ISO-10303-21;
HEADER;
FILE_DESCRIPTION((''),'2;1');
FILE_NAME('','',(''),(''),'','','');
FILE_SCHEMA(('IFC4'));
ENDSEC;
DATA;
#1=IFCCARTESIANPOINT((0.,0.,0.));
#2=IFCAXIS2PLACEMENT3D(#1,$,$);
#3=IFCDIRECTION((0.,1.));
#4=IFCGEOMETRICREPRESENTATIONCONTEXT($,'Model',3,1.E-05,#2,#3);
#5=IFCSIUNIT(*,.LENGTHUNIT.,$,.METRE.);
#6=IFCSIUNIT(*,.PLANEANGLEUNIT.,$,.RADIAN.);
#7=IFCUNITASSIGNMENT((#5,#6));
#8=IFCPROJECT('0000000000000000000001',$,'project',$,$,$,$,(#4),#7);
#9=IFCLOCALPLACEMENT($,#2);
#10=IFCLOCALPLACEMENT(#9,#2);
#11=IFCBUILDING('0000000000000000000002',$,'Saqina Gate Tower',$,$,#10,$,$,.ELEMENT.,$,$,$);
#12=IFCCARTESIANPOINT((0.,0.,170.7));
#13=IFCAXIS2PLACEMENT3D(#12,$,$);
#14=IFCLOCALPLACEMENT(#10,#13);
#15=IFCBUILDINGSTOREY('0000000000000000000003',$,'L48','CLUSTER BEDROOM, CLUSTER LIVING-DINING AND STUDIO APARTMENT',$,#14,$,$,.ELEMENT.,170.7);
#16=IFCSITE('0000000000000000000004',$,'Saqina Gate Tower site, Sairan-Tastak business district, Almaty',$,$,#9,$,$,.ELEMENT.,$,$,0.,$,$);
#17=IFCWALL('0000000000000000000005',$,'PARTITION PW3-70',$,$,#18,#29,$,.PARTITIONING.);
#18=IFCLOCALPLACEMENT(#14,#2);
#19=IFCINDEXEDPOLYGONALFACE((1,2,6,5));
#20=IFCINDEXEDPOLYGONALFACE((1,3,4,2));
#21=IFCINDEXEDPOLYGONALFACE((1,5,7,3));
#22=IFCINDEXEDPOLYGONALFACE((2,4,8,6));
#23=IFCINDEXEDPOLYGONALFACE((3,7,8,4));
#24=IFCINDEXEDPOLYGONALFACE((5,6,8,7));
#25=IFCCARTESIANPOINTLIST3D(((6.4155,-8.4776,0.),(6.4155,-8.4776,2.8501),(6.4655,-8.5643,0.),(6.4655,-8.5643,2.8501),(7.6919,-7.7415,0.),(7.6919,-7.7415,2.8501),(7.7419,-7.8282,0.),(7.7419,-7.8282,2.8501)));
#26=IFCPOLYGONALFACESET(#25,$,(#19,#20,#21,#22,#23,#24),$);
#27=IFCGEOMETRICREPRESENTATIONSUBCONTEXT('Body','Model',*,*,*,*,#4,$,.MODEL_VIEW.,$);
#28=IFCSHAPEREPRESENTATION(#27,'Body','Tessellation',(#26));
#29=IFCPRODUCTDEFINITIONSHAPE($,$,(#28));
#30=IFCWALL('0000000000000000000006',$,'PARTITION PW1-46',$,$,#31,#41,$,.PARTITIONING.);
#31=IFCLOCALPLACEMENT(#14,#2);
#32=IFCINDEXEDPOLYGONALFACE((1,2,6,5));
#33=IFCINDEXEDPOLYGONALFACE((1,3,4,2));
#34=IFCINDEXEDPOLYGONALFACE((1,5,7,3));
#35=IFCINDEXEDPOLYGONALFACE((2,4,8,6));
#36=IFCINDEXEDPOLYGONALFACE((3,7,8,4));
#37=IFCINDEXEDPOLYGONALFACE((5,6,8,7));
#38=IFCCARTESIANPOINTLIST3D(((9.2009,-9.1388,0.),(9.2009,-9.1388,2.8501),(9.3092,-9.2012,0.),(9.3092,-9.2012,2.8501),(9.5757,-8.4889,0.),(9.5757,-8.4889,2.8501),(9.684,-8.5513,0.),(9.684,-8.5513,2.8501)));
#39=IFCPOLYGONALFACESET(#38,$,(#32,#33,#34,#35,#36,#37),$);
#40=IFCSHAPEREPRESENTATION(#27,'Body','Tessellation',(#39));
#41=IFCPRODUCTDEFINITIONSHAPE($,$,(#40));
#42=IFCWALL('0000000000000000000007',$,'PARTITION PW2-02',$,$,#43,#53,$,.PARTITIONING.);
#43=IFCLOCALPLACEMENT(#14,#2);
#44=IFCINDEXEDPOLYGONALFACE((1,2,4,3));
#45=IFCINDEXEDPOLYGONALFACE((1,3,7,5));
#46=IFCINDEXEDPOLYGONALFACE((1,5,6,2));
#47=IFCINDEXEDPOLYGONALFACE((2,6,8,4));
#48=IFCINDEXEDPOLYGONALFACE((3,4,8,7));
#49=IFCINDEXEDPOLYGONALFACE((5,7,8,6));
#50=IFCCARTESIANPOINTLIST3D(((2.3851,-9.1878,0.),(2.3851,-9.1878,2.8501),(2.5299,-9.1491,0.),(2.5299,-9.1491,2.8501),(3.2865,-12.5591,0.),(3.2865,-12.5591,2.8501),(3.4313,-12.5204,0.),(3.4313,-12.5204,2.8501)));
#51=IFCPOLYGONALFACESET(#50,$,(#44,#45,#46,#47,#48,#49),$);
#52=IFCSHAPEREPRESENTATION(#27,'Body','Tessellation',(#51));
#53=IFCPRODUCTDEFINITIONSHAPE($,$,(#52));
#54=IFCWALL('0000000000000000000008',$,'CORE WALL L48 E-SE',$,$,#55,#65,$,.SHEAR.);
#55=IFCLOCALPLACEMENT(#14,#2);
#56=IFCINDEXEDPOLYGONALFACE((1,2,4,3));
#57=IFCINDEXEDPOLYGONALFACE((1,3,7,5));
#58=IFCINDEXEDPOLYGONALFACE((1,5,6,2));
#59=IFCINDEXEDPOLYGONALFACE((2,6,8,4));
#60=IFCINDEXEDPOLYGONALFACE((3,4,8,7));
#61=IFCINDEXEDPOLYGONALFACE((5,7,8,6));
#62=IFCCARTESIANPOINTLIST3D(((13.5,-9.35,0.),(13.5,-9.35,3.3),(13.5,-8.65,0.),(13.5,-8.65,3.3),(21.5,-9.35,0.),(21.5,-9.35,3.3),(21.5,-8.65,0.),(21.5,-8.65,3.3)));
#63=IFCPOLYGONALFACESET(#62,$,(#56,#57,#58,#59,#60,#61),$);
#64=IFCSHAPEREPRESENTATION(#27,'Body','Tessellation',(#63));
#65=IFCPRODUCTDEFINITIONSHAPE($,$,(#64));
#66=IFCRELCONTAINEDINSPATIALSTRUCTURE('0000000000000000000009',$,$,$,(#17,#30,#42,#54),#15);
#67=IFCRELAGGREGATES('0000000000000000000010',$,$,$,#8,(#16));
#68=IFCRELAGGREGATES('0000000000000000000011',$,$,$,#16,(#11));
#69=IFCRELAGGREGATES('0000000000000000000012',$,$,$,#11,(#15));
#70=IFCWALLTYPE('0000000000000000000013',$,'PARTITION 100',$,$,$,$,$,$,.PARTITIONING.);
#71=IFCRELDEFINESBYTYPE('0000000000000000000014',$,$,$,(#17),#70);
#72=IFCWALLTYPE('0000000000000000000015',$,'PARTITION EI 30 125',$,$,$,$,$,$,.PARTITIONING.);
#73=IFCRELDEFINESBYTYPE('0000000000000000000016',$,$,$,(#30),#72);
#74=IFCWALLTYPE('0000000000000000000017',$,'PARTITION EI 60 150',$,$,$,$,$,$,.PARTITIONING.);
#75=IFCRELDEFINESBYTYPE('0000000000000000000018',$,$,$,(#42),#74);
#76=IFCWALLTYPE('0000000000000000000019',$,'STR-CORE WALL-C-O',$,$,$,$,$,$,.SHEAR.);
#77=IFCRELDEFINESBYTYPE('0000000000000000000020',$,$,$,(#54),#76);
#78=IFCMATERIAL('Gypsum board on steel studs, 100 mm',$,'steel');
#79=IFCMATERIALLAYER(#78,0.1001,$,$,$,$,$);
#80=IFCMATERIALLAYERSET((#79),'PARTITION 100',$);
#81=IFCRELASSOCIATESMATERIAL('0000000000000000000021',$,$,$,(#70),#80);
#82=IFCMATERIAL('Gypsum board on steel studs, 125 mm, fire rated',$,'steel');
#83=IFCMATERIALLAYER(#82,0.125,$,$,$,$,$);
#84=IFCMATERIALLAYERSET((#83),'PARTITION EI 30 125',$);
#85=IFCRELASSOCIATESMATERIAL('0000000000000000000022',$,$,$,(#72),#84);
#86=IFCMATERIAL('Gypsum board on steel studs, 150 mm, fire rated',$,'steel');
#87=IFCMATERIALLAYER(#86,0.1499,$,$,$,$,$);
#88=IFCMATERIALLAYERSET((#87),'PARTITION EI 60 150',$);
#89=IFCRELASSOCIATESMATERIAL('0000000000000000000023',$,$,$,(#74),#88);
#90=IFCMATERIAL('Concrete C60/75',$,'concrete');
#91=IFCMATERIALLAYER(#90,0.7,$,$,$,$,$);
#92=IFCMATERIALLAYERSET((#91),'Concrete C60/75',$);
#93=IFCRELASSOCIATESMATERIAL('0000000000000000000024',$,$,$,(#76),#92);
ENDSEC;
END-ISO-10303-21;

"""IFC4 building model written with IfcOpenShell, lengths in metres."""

from ifc_helpers import new_model, si_unit, direction, frame, frame_2d, origin, place, context, subcontext, project, spatial, rectangle, extrude, material, layer, layer_set, type_object, element, save


model = new_model("IFC4")

# Units and contexts
model_context = context("Model", 3, precision=1e-05, world=origin(), true_north=direction((0.0, 1.0)))
body_context = subcontext(model_context, "Body", "Model", "MODEL_VIEW")
ifc_project = project(units=[si_unit("LENGTHUNIT", "METRE"), si_unit("PLANEANGLEUNIT", "RADIAN")], contexts=[model_context])

# Site, building, storey
site_placement = place(None, origin())
site = spatial("IfcSite", under=ifc_project, at=site_placement, Name="Saqina Gate Tower site, Sairan-Tastak business district, Almaty", CompositionType="ELEMENT", RefElevation=0.0)
building_placement = place(site_placement, origin())
building = spatial("IfcBuilding", under=site, at=building_placement, Name="Saqina Gate Tower", CompositionType="ELEMENT")
storey_placement = place(building_placement, frame((0.0, 0.0, 170.7)))
storey = spatial("IfcBuildingStorey", under=building, at=storey_placement, Name="L48", Description="CLUSTER BEDROOM, CLUSTER LIVING-DINING AND STUDIO APARTMENT", CompositionType="ELEMENT", Elevation=170.7)

# Shared definitions
ifc_material_1 = material(Name="Gypsum board on steel studs, 100 mm", Category="steel")
ifc_layer_1 = layer(ifc_material_1, 0.1001)
ifc_layer_set_1 = layer_set([ifc_layer_1], Name="PARTITION 100")
wall_type_1 = type_object("IfcWallType", Name="PARTITION 100", PredefinedType="PARTITIONING", material=ifc_layer_set_1)

# Walls
wall_1_placement = place(storey_placement, frame((6.4404, -8.521, 0.0), z_axis=(0.0, 0.0, 1.0), x_axis=(0.866268, 0.499579, 0.0)))
element("IfcWall", 1, at=wall_1_placement, inside=storey, type_object=wall_type_1, Name="PARTITION PW3-70", PredefinedType="PARTITIONING", context=body_context, shape_type="SweptSolid", body=[
    extrude(rectangle(XDim=1.4734, YDim=0.1001, at=frame_2d((0.7368, 0.0))), origin(), (0.0, 0.0, 1.0), 2.8501),
])
ifc_material_2 = material(Name="Gypsum board on steel studs, 125 mm, fire rated", Category="steel")
ifc_layer_2 = layer(ifc_material_2, 0.125)
ifc_layer_set_2 = layer_set([ifc_layer_2], Name="PARTITION EI 30 125")
wall_type_2 = type_object("IfcWallType", Name="PARTITION EI 30 125", PredefinedType="PARTITIONING", material=ifc_layer_set_2)
wall_2_placement = place(storey_placement, frame((9.2551, -9.1699, 0.0), z_axis=(0.0, 0.0, 1.0), x_axis=(0.499535, 0.866294, 0.0)))
element("IfcWall", 2, at=wall_2_placement, inside=storey, type_object=wall_type_2, Name="PARTITION PW1-46", PredefinedType="PARTITIONING", context=body_context, shape_type="SweptSolid", body=[
    extrude(rectangle(XDim=0.7502, YDim=0.125, at=frame_2d((0.375, 0.0))), origin(), (0.0, 0.0, 1.0), 2.8501),
])
ifc_material_3 = material(Name="Gypsum board on steel studs, 150 mm, fire rated", Category="steel")
ifc_layer_3 = layer(ifc_material_3, 0.1499)
ifc_layer_set_3 = layer_set([ifc_layer_3], Name="PARTITION EI 60 150")
wall_type_3 = type_object("IfcWallType", Name="PARTITION EI 60 150", PredefinedType="PARTITIONING", material=ifc_layer_set_3)
wall_3_placement = place(storey_placement, frame((2.4575, -9.1685, 0.0), z_axis=(0.0, 0.0, 1.0), x_axis=(0.25829, -0.966068, 0.0)))
element("IfcWall", 3, at=wall_3_placement, inside=storey, type_object=wall_type_3, Name="PARTITION PW2-02", PredefinedType="PARTITIONING", context=body_context, shape_type="SweptSolid", body=[
    extrude(rectangle(XDim=3.4897, YDim=0.1499, at=frame_2d((1.7449, 0.0))), origin(), (0.0, 0.0, 1.0), 2.8501),
])

# Shared definitions
ifc_material_4 = material(Name="Concrete C60/75", Category="concrete")
ifc_layer_4 = layer(ifc_material_4, 0.7)
ifc_layer_set_4 = layer_set([ifc_layer_4], Name="Concrete C60/75")
wall_type_4 = type_object("IfcWallType", Name="STR-CORE WALL-C-O", PredefinedType="SHEAR", material=ifc_layer_set_4)

# Wall
wall_4_placement = place(storey_placement, frame((13.5, -9.0, 0.0), z_axis=(0.0, 0.0, 1.0), x_axis=(1.0, 0.0, 0.0)))
element("IfcWall", 4, at=wall_4_placement, inside=storey, type_object=wall_type_4, Name="CORE WALL L48 E-SE", PredefinedType="SHEAR", context=body_context, shape_type="SweptSolid", body=[
    extrude(rectangle(XDim=8.0, YDim=0.7, at=frame_2d((4.0, 0.0))), origin(), (0.0, 0.0, 1.0), 3.3),
])

save(model, "model.ifc")
